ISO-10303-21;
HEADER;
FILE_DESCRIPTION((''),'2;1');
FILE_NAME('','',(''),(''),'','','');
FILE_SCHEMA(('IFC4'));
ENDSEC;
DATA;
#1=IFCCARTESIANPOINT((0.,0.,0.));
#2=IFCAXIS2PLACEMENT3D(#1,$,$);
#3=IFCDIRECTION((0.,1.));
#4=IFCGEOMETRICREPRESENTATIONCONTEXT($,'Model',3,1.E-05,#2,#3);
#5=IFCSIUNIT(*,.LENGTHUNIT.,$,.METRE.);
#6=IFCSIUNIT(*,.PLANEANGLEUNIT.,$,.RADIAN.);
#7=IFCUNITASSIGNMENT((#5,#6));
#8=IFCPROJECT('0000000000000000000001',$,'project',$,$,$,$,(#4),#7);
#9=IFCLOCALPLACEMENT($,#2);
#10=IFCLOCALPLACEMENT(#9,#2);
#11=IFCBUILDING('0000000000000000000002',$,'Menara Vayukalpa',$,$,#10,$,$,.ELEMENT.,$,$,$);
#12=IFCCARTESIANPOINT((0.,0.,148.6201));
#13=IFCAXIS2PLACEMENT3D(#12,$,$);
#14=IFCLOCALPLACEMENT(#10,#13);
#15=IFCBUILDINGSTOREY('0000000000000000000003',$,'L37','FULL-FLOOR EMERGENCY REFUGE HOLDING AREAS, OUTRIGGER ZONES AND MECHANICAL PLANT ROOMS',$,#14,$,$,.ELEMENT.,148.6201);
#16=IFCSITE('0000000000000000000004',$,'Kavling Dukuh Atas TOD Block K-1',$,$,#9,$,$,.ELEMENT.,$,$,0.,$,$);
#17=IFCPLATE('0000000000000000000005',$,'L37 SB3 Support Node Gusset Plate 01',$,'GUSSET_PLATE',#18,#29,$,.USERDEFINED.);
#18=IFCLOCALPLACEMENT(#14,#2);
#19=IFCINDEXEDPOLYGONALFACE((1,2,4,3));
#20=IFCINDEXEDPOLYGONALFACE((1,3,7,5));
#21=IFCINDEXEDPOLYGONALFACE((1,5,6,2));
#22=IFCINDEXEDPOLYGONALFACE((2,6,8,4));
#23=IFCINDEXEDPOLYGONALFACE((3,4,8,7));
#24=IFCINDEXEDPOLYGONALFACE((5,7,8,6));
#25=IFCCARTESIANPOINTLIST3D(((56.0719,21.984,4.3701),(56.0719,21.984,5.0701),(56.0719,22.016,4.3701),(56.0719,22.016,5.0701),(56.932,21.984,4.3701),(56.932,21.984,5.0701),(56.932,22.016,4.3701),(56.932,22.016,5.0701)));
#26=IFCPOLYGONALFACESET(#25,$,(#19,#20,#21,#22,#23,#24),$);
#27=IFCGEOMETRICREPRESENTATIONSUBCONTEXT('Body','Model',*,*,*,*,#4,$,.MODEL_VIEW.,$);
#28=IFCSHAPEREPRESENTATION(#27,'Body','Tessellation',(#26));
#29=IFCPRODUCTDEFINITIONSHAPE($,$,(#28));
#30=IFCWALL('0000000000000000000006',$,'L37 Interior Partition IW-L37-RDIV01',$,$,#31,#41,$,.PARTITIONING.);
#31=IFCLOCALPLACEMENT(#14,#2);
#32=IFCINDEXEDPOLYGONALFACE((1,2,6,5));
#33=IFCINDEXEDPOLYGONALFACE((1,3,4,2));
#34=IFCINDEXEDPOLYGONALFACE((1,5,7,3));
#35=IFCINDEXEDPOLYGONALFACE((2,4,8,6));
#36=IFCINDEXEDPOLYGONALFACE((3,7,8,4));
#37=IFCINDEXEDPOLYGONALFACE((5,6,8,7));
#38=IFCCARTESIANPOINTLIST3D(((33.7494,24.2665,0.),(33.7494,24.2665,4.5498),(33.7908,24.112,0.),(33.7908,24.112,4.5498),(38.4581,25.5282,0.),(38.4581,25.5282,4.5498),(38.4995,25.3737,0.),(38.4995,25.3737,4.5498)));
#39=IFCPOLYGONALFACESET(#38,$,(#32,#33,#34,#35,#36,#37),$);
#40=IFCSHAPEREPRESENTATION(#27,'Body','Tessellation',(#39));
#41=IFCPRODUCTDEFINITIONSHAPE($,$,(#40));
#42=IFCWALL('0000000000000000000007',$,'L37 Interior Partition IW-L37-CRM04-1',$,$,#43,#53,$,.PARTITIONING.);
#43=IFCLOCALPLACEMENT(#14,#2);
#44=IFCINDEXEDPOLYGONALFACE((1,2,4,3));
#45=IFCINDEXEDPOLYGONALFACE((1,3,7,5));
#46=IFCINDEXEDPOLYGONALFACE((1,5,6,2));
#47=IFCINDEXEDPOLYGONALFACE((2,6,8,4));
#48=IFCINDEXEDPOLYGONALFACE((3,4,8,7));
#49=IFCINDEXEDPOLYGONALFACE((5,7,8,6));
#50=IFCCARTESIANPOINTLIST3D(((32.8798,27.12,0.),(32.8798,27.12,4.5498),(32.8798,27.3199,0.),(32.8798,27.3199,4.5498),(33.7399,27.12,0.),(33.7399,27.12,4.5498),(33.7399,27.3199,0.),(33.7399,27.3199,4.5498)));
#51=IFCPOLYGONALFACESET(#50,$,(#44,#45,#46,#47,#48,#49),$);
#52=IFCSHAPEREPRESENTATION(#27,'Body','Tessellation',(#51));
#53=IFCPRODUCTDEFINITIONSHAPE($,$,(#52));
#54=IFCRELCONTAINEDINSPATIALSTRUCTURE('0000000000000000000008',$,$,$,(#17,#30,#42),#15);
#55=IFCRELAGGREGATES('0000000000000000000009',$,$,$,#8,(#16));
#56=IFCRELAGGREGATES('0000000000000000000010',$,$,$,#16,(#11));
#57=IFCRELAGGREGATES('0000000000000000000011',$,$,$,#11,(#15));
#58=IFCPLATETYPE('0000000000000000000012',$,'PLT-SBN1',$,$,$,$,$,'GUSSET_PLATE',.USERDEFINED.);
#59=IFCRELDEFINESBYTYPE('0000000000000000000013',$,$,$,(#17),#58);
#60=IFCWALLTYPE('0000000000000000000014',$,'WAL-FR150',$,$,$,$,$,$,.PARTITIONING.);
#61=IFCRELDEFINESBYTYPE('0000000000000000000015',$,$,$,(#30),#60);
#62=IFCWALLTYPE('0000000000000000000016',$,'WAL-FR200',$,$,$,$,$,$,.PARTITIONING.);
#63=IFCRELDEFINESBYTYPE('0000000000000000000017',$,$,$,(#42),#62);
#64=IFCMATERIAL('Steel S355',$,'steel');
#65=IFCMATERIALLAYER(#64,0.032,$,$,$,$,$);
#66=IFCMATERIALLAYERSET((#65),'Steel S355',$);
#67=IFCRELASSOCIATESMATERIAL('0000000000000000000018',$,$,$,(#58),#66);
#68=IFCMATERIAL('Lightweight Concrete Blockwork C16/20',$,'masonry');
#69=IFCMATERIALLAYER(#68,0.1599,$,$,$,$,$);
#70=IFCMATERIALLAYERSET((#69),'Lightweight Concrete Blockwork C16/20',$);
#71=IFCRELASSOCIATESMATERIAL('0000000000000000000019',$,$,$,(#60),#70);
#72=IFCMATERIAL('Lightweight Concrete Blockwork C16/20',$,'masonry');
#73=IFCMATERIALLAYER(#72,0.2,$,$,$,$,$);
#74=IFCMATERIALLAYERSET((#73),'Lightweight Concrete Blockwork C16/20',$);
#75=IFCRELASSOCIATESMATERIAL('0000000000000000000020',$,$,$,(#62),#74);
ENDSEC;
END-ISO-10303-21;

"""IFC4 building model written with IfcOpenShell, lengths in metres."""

from ifc_helpers import new_model, si_unit, direction, frame, frame_2d, origin, origin_2d, place, context, subcontext, project, spatial, rectangle, extrude, material, layer, layer_set, type_object, element, save


model = new_model("IFC4")

# Units and contexts
model_context = context("Model", 3, precision=1e-05, world=origin(), true_north=direction((0.0, 1.0)))
body_context = subcontext(model_context, "Body", "Model", "MODEL_VIEW")
ifc_project = project(units=[si_unit("LENGTHUNIT", "METRE"), si_unit("PLANEANGLEUNIT", "RADIAN")], contexts=[model_context])

# Site, building, storey
site_placement = place(None, origin())
site = spatial("IfcSite", under=ifc_project, at=site_placement, Name="Kavling Dukuh Atas TOD Block K-1", CompositionType="ELEMENT", RefElevation=0.0)
building_placement = place(site_placement, origin())
building = spatial("IfcBuilding", under=site, at=building_placement, Name="Menara Vayukalpa", CompositionType="ELEMENT")
storey_placement = place(building_placement, frame((0.0, 0.0, 148.6201)))
storey = spatial("IfcBuildingStorey", under=building, at=storey_placement, Name="L37", Description="FULL-FLOOR EMERGENCY REFUGE HOLDING AREAS, OUTRIGGER ZONES AND MECHANICAL PLANT ROOMS", CompositionType="ELEMENT", Elevation=148.6201)

# Plate
ifc_material_1 = material(Name="Steel S355", Category="steel")
ifc_layer_1 = layer(ifc_material_1, 0.032)
ifc_layer_set_1 = layer_set([ifc_layer_1], Name="Steel S355")
plate_type_1 = type_object("IfcPlateType", Name="PLT-SBN1", ElementType="GUSSET_PLATE", PredefinedType="USERDEFINED", material=ifc_layer_set_1)
plate_1_placement = place(storey_placement, frame((56.502, 22.0, 4.3701), z_axis=(0.0, 0.0, 1.0), x_axis=(1.0, 0.0, 0.0)))
element("IfcPlate", 1, at=plate_1_placement, inside=storey, type_object=plate_type_1, Name="L37 SB3 Support Node Gusset Plate 01", ObjectType="GUSSET_PLATE", PredefinedType="USERDEFINED", context=body_context, shape_type="SweptSolid", body=[
    extrude(rectangle(XDim=0.8601, YDim=0.032, at=origin_2d()), origin(), (0.0, 0.0, 1.0), 0.7),
])

# Walls
ifc_material_2 = material(Name="Lightweight Concrete Blockwork C16/20", Category="masonry")
ifc_layer_2 = layer(ifc_material_2, 0.1599)
ifc_layer_set_2 = layer_set([ifc_layer_2], Name="Lightweight Concrete Blockwork C16/20")
wall_type_1 = type_object("IfcWallType", Name="WAL-FR150", PredefinedType="PARTITIONING", material=ifc_layer_set_2)
wall_1_placement = place(storey_placement, frame((33.77, 24.1892, 0.0), z_axis=(0.0, 0.0, 1.0), x_axis=(0.965925, 0.258822, 0.0)))
element("IfcWall", 2, at=wall_1_placement, inside=storey, type_object=wall_type_1, Name="L37 Interior Partition IW-L37-RDIV01", PredefinedType="PARTITIONING", context=body_context, shape_type="SweptSolid", body=[
    extrude(rectangle(XDim=4.8748, YDim=0.1599, at=frame_2d((2.4375, 0.0))), origin(), (0.0, 0.0, 1.0), 4.5498),
])
ifc_material_3 = material(Name="Lightweight Concrete Blockwork C16/20", Category="masonry")
ifc_layer_3 = layer(ifc_material_3, 0.2)
ifc_layer_set_3 = layer_set([ifc_layer_3], Name="Lightweight Concrete Blockwork C16/20")
wall_type_2 = type_object("IfcWallType", Name="WAL-FR200", PredefinedType="PARTITIONING", material=ifc_layer_set_3)
wall_2_placement = place(storey_placement, frame((33.74, 27.22, 0.0), z_axis=(0.0, 0.0, 1.0), x_axis=(-1.0, 0.0, 0.0)))
element("IfcWall", 3, at=wall_2_placement, inside=storey, type_object=wall_type_2, Name="L37 Interior Partition IW-L37-CRM04-1", PredefinedType="PARTITIONING", context=body_context, shape_type="SweptSolid", body=[
    extrude(rectangle(XDim=0.8601, YDim=0.2, at=frame_2d((0.4302, 0.0))), origin(), (0.0, 0.0, 1.0), 4.5498),
])

save(model, "model.ifc")
